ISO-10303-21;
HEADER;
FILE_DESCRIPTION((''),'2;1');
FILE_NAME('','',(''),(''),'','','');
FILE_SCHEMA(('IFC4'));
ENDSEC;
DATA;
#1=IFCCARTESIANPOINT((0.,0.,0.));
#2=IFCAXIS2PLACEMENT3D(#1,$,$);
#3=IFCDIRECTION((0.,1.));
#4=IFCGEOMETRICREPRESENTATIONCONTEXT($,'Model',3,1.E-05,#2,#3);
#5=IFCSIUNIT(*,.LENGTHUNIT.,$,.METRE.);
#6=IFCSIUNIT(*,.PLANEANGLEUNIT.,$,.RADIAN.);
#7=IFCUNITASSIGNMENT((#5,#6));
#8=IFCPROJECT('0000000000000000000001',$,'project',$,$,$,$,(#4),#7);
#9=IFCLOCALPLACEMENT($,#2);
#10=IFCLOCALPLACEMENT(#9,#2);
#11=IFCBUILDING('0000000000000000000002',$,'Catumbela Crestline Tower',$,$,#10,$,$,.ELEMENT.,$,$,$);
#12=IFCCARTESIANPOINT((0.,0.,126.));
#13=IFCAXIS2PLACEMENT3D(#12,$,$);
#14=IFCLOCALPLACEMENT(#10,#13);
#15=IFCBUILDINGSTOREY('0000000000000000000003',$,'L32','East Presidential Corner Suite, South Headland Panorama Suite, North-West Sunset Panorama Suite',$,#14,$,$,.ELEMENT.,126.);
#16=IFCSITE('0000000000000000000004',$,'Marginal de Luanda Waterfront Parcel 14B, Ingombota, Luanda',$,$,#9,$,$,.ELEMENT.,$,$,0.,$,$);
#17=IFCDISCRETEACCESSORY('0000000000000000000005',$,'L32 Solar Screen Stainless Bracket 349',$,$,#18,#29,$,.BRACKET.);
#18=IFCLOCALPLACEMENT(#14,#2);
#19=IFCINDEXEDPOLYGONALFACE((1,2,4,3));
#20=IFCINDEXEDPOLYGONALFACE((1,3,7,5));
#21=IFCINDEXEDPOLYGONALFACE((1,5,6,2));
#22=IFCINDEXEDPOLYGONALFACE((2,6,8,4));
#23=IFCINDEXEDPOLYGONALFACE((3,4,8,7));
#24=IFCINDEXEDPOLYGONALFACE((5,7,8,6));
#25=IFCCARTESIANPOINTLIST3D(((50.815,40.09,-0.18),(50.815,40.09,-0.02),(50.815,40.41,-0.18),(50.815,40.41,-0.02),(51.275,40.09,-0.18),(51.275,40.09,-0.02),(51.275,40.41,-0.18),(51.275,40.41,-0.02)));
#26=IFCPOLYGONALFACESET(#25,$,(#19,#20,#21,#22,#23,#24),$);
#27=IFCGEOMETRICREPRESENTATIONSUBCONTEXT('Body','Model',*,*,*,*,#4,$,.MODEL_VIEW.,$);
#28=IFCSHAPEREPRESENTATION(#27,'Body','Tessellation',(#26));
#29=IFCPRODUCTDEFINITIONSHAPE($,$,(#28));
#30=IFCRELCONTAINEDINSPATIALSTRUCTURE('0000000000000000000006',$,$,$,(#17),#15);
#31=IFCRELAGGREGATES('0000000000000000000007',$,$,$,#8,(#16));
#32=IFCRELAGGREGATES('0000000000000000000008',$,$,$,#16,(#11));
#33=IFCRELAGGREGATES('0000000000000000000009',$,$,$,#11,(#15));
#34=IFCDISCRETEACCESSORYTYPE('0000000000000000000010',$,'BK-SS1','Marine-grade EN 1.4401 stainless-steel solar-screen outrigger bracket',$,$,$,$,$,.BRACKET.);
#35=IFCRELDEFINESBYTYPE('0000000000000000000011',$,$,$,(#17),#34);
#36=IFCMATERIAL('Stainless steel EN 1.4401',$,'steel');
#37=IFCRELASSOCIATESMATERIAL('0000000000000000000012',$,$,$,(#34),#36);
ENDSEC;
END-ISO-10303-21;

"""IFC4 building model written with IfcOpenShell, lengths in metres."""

from ifc_helpers import new_model, si_unit, direction, frame, origin, origin_2d, place, context, subcontext, project, spatial, rectangle, extrude, material, type_object, element, save


model = new_model("IFC4")

# Units and contexts
model_context = context("Model", 3, precision=1e-05, world=origin(), true_north=direction((0.0, 1.0)))
body_context = subcontext(model_context, "Body", "Model", "MODEL_VIEW")
ifc_project = project(units=[si_unit("LENGTHUNIT", "METRE"), si_unit("PLANEANGLEUNIT", "RADIAN")], contexts=[model_context])

# Site, building, storey
site_placement = place(None, origin())
site = spatial("IfcSite", under=ifc_project, at=site_placement, Name="Marginal de Luanda Waterfront Parcel 14B, Ingombota, Luanda", CompositionType="ELEMENT", RefElevation=0.0)
building_placement = place(site_placement, origin())
building = spatial("IfcBuilding", under=site, at=building_placement, Name="Catumbela Crestline Tower", CompositionType="ELEMENT")
storey_placement = place(building_placement, frame((0.0, 0.0, 126.0)))
storey = spatial("IfcBuildingStorey", under=building, at=storey_placement, Name="L32", Description="East Presidential Corner Suite, South Headland Panorama Suite, North-West Sunset Panorama Suite", CompositionType="ELEMENT", Elevation=126.0)

# Discrete accessory
ifc_material_1 = material(Name="Stainless steel EN 1.4401", Category="steel")
discrete_accessory_type = type_object("IfcDiscreteAccessoryType", Name="BK-SS1", Description="Marine-grade EN 1.4401 stainless-steel solar-screen outrigger bracket", PredefinedType="BRACKET", material=ifc_material_1)
discrete_accessory_placement = place(storey_placement, frame((51.045, 40.25, -0.18), z_axis=(0.0, 0.0, 1.0), x_axis=(0.0, 1.0, 0.0)))
element("IfcDiscreteAccessory", 1, at=discrete_accessory_placement, inside=storey, type_object=discrete_accessory_type, Name="L32 Solar Screen Stainless Bracket 349", PredefinedType="BRACKET", context=body_context, shape_type="SweptSolid", body=[
    extrude(rectangle(XDim=0.32, YDim=0.46, at=origin_2d()), origin(), (0.0, 0.0, 1.0), 0.16),
])

save(model, "model.ifc")
